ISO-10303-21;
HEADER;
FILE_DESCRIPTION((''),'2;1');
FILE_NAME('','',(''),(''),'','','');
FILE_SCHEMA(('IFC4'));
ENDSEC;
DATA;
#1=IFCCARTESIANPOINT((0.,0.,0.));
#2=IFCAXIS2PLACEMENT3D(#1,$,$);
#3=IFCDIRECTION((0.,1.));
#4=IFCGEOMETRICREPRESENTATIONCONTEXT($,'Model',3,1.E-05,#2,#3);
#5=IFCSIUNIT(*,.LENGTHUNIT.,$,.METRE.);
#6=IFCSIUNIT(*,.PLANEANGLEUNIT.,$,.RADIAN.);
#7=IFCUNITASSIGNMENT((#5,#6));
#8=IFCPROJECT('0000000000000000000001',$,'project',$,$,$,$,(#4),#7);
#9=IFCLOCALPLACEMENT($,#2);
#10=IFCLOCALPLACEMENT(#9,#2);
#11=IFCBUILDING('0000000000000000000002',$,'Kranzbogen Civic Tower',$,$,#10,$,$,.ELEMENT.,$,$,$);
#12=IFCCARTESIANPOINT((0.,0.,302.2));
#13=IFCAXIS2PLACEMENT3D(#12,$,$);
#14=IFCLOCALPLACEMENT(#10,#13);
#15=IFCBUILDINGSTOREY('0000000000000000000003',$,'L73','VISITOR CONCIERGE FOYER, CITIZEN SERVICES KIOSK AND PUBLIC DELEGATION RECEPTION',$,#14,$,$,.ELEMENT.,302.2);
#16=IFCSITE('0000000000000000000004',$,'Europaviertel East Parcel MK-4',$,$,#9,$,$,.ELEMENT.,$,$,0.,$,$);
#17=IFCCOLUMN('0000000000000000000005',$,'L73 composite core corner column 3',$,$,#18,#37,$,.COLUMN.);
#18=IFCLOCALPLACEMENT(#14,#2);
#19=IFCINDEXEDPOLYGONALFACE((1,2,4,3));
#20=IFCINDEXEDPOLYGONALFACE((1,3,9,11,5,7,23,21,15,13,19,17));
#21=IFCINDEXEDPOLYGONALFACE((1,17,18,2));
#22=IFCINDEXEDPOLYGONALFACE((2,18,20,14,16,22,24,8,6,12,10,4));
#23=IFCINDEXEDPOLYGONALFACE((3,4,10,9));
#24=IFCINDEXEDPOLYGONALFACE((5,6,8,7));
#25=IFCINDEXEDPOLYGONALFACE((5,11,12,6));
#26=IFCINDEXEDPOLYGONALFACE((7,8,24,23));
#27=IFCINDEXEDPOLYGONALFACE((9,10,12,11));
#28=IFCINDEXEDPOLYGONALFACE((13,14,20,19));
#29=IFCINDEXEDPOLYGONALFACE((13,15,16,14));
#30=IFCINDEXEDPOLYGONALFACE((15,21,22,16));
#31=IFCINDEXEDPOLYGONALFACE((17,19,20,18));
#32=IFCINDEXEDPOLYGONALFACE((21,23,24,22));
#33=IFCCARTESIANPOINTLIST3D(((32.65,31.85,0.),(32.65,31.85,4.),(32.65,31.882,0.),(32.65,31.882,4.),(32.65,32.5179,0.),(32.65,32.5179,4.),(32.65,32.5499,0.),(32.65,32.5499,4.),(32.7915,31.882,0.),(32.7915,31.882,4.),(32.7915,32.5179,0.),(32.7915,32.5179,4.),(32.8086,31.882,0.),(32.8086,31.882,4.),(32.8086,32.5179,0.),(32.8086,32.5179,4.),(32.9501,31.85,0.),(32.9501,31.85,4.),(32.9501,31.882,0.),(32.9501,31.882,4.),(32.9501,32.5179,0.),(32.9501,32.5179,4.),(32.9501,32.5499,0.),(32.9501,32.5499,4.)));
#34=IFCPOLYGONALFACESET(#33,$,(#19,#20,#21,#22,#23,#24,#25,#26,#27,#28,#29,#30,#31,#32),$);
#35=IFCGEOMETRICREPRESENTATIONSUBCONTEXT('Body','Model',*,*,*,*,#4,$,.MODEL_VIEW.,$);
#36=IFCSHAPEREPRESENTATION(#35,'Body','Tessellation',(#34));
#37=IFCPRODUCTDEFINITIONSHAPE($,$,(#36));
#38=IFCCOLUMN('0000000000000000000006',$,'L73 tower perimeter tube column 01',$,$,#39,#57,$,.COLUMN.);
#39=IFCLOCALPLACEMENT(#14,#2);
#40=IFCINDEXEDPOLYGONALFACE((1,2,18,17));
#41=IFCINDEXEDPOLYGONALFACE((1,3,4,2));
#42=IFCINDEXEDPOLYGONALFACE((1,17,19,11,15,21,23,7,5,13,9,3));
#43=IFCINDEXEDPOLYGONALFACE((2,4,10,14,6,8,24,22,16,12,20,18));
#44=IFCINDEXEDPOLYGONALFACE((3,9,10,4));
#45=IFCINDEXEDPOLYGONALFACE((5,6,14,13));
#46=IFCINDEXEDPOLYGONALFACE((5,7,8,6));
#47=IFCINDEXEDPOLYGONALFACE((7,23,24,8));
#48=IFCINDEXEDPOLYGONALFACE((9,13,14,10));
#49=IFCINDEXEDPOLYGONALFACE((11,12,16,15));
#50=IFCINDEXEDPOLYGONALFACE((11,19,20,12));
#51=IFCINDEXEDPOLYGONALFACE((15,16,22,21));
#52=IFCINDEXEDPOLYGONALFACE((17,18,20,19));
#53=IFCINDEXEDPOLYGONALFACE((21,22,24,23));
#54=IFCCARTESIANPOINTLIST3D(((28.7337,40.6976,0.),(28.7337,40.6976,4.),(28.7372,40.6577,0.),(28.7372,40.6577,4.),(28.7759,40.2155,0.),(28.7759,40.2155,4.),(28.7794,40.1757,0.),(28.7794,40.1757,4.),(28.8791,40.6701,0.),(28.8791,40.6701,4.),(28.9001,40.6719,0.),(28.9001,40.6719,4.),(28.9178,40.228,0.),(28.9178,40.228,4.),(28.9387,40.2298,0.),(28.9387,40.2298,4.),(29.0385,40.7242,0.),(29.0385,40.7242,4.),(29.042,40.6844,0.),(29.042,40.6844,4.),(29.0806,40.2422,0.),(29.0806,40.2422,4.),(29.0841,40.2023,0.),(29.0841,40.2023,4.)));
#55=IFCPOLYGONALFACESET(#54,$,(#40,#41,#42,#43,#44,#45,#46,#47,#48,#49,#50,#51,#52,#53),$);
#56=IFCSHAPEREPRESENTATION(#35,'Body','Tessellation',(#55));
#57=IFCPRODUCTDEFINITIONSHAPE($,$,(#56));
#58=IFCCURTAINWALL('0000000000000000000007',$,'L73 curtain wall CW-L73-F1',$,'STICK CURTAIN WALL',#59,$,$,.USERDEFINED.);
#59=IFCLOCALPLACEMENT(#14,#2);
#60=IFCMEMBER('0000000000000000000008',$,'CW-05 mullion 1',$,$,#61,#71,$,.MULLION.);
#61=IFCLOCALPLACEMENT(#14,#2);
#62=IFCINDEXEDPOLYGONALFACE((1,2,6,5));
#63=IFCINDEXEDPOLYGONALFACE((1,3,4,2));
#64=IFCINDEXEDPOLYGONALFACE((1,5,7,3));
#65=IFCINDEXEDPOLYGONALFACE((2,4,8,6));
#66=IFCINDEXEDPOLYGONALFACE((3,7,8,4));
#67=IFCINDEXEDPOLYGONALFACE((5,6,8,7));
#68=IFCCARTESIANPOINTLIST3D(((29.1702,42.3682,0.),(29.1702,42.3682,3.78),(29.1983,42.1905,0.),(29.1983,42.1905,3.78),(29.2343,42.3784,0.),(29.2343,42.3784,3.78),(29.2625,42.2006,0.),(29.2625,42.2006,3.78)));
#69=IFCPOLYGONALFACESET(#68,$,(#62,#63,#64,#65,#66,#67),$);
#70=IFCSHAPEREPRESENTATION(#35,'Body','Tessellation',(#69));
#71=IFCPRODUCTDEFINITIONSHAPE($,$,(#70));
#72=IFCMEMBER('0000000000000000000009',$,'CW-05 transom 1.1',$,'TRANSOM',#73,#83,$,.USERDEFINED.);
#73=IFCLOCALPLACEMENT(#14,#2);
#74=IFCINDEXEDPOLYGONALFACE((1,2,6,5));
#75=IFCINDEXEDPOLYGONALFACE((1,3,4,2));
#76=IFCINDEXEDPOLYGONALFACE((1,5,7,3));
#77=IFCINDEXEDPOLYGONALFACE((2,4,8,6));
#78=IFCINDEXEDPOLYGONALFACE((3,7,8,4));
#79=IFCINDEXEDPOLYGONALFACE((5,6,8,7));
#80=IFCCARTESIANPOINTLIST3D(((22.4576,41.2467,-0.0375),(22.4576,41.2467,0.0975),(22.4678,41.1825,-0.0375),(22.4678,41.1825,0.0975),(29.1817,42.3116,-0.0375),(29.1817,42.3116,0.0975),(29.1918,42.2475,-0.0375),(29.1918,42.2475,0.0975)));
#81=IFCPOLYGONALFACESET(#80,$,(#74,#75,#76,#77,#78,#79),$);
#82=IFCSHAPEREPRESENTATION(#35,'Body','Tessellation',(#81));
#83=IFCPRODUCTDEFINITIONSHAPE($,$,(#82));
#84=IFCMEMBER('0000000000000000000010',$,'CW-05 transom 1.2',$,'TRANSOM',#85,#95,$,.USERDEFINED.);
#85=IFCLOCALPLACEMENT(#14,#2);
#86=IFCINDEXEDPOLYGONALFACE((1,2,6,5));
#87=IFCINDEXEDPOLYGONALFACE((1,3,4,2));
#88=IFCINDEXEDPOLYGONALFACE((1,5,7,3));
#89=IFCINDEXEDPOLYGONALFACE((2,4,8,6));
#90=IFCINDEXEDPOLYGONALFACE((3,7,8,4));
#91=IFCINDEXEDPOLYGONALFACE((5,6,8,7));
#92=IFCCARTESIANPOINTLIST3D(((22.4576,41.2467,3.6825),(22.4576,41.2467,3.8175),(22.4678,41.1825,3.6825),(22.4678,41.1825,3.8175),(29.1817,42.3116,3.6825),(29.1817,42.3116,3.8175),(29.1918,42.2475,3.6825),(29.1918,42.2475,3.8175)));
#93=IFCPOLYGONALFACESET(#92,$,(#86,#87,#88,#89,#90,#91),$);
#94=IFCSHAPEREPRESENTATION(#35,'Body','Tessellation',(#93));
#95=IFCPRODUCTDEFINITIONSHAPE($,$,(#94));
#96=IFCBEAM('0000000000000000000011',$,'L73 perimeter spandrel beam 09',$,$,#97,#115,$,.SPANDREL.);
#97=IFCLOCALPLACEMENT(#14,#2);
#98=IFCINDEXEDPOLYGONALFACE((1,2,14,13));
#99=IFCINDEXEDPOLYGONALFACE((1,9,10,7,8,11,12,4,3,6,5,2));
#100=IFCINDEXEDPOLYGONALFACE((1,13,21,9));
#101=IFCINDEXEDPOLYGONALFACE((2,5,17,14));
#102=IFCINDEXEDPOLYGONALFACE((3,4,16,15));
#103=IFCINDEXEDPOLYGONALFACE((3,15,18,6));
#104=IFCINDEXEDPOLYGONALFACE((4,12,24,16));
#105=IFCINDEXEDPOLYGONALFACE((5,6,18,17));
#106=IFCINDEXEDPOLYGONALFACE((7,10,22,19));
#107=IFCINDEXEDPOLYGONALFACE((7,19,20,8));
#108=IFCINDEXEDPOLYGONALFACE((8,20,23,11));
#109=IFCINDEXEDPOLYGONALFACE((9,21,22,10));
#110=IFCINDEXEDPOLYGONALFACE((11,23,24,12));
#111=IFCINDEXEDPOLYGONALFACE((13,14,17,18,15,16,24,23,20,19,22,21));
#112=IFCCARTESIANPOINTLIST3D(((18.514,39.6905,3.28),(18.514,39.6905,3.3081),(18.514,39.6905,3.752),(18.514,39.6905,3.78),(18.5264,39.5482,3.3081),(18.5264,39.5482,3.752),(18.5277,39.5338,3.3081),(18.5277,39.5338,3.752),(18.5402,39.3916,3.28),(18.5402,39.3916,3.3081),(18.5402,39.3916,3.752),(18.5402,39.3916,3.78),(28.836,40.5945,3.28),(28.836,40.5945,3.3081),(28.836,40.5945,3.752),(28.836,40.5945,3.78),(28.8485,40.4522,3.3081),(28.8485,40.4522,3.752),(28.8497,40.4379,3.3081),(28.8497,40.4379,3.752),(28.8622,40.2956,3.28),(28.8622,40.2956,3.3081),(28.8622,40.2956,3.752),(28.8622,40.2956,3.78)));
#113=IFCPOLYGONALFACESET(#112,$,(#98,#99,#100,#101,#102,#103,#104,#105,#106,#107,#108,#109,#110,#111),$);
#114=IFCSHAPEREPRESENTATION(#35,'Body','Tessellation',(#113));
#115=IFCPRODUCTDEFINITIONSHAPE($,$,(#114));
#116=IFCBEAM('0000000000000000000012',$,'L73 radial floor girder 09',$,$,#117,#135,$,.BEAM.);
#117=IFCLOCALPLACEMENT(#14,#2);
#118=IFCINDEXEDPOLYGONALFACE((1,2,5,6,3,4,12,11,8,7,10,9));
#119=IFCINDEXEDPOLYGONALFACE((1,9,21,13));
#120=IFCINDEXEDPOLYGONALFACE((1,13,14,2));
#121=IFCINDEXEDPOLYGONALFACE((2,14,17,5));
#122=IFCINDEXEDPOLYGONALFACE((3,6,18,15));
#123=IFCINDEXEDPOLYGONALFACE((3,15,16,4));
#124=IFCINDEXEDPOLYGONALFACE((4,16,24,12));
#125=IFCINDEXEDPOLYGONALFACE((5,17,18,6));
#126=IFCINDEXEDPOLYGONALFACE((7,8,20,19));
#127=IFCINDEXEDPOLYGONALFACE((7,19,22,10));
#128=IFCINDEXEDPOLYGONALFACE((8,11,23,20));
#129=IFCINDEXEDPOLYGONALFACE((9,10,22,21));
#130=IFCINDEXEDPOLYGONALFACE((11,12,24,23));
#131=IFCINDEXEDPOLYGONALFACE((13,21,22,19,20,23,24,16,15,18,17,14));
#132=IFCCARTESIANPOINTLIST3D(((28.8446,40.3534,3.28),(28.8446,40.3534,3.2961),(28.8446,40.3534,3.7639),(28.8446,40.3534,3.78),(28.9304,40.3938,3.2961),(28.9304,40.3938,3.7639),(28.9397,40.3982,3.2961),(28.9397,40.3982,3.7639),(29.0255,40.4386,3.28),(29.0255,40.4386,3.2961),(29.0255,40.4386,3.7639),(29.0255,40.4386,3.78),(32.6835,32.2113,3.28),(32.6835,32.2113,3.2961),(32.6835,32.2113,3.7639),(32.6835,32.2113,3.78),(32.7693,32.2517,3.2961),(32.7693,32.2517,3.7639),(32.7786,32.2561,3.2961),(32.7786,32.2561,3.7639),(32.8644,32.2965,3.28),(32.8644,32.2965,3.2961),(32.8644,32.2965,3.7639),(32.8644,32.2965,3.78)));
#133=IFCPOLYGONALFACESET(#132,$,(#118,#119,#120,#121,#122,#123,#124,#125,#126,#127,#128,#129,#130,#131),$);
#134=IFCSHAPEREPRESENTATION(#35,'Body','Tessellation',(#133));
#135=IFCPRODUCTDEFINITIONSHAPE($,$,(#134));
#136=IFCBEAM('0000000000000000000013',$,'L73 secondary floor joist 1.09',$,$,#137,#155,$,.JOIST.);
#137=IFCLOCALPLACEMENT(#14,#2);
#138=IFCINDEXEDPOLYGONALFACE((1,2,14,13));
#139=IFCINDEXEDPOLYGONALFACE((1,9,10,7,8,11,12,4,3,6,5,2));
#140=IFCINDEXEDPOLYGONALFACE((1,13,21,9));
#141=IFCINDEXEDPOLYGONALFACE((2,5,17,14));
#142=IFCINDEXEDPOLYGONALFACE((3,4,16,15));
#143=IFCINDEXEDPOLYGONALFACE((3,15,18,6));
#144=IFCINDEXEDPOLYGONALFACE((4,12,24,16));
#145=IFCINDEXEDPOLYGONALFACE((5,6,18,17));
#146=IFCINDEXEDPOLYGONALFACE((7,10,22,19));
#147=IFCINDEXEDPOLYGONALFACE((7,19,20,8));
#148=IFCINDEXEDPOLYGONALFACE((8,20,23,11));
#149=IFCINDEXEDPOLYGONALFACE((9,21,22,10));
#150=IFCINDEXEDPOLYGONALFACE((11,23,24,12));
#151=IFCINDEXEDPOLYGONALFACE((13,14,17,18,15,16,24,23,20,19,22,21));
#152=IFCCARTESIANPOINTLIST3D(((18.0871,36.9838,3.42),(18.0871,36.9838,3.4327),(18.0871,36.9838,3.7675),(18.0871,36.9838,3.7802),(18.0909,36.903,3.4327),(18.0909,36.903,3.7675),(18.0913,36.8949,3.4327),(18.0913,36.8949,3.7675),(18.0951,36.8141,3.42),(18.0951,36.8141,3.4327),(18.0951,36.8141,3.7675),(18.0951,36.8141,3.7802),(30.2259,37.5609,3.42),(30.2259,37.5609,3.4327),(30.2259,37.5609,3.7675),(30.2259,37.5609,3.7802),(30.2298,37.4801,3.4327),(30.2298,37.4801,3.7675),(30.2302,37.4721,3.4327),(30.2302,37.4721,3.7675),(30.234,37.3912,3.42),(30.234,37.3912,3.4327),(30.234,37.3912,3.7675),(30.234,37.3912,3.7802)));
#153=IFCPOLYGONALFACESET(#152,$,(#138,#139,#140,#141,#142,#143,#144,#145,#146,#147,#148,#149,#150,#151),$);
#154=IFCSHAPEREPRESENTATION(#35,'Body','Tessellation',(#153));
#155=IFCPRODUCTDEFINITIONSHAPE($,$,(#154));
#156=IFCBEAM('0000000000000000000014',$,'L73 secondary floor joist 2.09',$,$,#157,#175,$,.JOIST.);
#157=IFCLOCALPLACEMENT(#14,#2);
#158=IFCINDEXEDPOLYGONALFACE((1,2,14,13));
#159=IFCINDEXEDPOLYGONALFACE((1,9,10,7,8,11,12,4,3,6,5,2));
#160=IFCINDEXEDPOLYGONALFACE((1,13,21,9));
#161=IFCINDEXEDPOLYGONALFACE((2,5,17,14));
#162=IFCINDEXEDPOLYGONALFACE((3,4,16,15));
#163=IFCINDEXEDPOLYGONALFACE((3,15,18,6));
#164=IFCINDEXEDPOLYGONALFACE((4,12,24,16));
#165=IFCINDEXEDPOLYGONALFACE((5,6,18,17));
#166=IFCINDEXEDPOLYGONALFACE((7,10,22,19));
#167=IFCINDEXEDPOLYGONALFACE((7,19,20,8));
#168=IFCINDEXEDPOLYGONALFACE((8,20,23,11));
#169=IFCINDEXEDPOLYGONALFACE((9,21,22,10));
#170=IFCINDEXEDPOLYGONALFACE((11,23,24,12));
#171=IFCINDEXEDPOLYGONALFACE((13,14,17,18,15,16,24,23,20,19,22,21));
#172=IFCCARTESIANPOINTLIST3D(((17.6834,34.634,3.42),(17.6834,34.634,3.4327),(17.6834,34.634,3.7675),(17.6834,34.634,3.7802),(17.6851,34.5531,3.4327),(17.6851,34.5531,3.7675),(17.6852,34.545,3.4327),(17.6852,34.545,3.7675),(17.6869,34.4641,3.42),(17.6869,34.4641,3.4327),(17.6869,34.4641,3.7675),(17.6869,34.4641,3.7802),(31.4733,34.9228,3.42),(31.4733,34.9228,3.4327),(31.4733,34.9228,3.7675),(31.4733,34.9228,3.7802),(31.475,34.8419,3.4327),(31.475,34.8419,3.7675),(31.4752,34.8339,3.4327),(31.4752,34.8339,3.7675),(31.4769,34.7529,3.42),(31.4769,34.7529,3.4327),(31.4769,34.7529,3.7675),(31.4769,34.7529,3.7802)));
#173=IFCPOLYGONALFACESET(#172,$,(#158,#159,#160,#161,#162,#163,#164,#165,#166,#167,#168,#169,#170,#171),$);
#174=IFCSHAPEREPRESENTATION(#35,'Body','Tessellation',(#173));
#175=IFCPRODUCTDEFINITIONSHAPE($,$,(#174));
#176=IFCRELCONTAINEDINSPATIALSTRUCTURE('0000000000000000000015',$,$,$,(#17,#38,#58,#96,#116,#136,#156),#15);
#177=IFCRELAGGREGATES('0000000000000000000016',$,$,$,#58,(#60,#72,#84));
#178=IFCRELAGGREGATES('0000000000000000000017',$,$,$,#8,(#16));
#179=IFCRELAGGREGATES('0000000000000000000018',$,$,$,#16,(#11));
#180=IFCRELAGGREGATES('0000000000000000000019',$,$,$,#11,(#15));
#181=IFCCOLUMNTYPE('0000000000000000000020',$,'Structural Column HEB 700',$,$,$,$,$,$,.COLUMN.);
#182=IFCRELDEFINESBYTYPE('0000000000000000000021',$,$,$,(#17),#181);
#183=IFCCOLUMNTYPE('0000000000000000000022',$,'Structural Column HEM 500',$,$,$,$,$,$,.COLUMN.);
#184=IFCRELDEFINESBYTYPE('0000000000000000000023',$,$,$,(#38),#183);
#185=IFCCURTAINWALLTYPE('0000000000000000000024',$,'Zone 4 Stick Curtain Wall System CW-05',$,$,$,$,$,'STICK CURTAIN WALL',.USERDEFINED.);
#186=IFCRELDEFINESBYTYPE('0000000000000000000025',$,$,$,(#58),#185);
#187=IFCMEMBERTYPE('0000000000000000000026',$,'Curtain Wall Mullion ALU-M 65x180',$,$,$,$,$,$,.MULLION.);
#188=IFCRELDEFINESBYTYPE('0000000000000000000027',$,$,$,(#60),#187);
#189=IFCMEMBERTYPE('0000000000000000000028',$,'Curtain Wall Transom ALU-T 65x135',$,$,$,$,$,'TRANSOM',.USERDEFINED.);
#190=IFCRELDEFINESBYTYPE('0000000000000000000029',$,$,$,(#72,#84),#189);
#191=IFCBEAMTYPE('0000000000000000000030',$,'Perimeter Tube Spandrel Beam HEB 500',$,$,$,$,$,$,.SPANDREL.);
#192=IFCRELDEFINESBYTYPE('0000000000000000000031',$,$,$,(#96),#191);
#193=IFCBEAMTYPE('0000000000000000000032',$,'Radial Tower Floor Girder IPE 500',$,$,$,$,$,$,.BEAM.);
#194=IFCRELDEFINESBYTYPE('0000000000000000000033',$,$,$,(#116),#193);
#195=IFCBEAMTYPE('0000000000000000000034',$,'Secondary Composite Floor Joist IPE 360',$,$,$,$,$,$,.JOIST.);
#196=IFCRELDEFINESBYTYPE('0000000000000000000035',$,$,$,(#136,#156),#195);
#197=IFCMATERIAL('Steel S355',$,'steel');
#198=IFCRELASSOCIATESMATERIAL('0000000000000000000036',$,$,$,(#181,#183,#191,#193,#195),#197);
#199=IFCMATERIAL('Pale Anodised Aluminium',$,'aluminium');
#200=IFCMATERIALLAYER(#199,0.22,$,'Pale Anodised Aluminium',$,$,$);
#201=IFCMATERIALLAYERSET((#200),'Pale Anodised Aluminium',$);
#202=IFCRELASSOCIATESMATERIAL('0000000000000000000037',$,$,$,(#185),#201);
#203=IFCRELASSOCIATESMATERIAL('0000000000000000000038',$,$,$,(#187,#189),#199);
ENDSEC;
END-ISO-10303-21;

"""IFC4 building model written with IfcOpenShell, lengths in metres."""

from ifc_helpers import new_model, si_unit, direction, frame, origin, origin_2d, place, context, subcontext, project, spatial, rectangle, i_section, extrude, material, layer, layer_set, material_profile, profile_set, type_object, element, aggregate, save


model = new_model("IFC4")

# Units and contexts
model_context = context("Model", 3, precision=1e-05, world=origin(), true_north=direction((0.0, 1.0)))
body_context = subcontext(model_context, "Body", "Model", "MODEL_VIEW")
ifc_project = project(units=[si_unit("LENGTHUNIT", "METRE"), si_unit("PLANEANGLEUNIT", "RADIAN")], contexts=[model_context])

# Site, building, storey
site_placement = place(None, origin())
site = spatial("IfcSite", under=ifc_project, at=site_placement, Name="Europaviertel East Parcel MK-4", CompositionType="ELEMENT", RefElevation=0.0)
building_placement = place(site_placement, origin())
building = spatial("IfcBuilding", under=site, at=building_placement, Name="Kranzbogen Civic Tower", CompositionType="ELEMENT")
storey_placement = place(building_placement, frame((0.0, 0.0, 302.2)))
storey = spatial("IfcBuildingStorey", under=building, at=storey_placement, Name="L73", Description="VISITOR CONCIERGE FOYER, CITIZEN SERVICES KIOSK AND PUBLIC DELEGATION RECEPTION", CompositionType="ELEMENT", Elevation=302.2)

# Columns
ifc_material_1 = material(Name="Steel S355", Category="steel")
ifc_material_profile_1 = material_profile(ifc_material_1, i_section(OverallWidth=0.3, OverallDepth=0.7, WebThickness=0.0171, FlangeThickness=0.032, at=origin_2d()), Name="HEB 700")
ifc_profile_set_1 = profile_set([ifc_material_profile_1], Name="Steel S355")
column_type_1 = type_object("IfcColumnType", Name="Structural Column HEB 700", PredefinedType="COLUMN", material=ifc_profile_set_1)
column_1_placement = place(storey_placement, frame((32.8, 32.2, 0.0), z_axis=(0.0, 0.0, 1.0), x_axis=(1.0, 0.0, 0.0)))
element("IfcColumn", 1, at=column_1_placement, inside=storey, type_object=column_type_1, Name="L73 composite core corner column 3", PredefinedType="COLUMN", context=body_context, shape_type="SweptSolid", body=[
    extrude(i_section(OverallWidth=0.3, OverallDepth=0.7, WebThickness=0.0171, FlangeThickness=0.032, at=origin_2d()), origin(), (0.0, 0.0, 1.0), 4.0),
])
ifc_material_profile_2 = material_profile(ifc_material_1, i_section(OverallWidth=0.3059, OverallDepth=0.5239, WebThickness=0.021, FlangeThickness=0.04, at=origin_2d()), Name="HEM 500")
ifc_profile_set_2 = profile_set([ifc_material_profile_2], Name="Steel S355")
column_type_2 = type_object("IfcColumnType", Name="Structural Column HEM 500", PredefinedType="COLUMN", material=ifc_profile_set_2)
column_2_placement = place(storey_placement, frame((28.9089, 40.45, 0.0), z_axis=(0.0, 0.0, 1.0), x_axis=(0.996195, 0.087156, 0.0)))
element("IfcColumn", 2, at=column_2_placement, inside=storey, type_object=column_type_2, Name="L73 tower perimeter tube column 01", PredefinedType="COLUMN", context=body_context, shape_type="SweptSolid", body=[
    extrude(i_section(OverallWidth=0.3059, OverallDepth=0.5239, WebThickness=0.021, FlangeThickness=0.04, at=origin_2d()), origin(), (0.0, 0.0, 1.0), 4.0),
])

# Curtain wall, members
ifc_material_2 = material(Name="Pale Anodised Aluminium", Category="aluminium")
ifc_layer_1 = layer(ifc_material_2, 0.22, Name="Pale Anodised Aluminium")
ifc_layer_set_1 = layer_set([ifc_layer_1], Name="Pale Anodised Aluminium")
curtain_wall_type = type_object("IfcCurtainWallType", Name="Zone 4 Stick Curtain Wall System CW-05", ElementType="STICK CURTAIN WALL", PredefinedType="USERDEFINED", material=ifc_layer_set_1)
curtain_wall_placement = place(storey_placement, origin())
curtain_wall = element("IfcCurtainWall", 3, at=curtain_wall_placement, inside=storey, type_object=curtain_wall_type, Name="L73 curtain wall CW-L73-F1", ObjectType="STICK CURTAIN WALL", PredefinedType="USERDEFINED")
ifc_material_profile_3 = material_profile(ifc_material_2, rectangle(XDim=0.0649, YDim=0.1799, at=origin_2d()), Name="ALU-M 65x180")
ifc_profile_set_3 = profile_set([ifc_material_profile_3], Name="Pale Anodised Aluminium")
member_type_1 = type_object("IfcMemberType", Name="Curtain Wall Mullion ALU-M 65x180", PredefinedType="MULLION", material=ifc_profile_set_3)
member_1_placement = place(storey_placement, frame((29.2163, 42.2844, 0.0), z_axis=(0.0, 0.0, 1.0), x_axis=(-0.98769, -0.156424, 0.0)))
member_1 = element("IfcMember", 4, at=member_1_placement, type_object=member_type_1, Name="CW-05 mullion 1", PredefinedType="MULLION", context=body_context, shape_type="SweptSolid", body=[
    extrude(rectangle(XDim=0.0649, YDim=0.1799, at=origin_2d()), origin(), (0.0, 0.0, 1.0), 3.78),
])
ifc_material_profile_4 = material_profile(ifc_material_2, rectangle(XDim=0.0649, YDim=0.135, at=origin_2d()), Name="ALU-T 65x135")
ifc_profile_set_4 = profile_set([ifc_material_profile_4], Name="Pale Anodised Aluminium")
member_type_2 = type_object("IfcMemberType", Name="Curtain Wall Transom ALU-T 65x135", ElementType="TRANSOM", PredefinedType="USERDEFINED", material=ifc_profile_set_4)
member_2_placement = place(storey_placement, frame((29.1868, 42.2795, 0.03), z_axis=(-0.98769, -0.156427, 0.0), x_axis=(0.156427, -0.98769, 0.0)))
member_2 = element("IfcMember", 5, at=member_2_placement, type_object=member_type_2, Name="CW-05 transom 1.1", ObjectType="TRANSOM", PredefinedType="USERDEFINED", context=body_context, shape_type="SweptSolid", body=[
    extrude(rectangle(XDim=0.0649, YDim=0.135, at=origin_2d()), origin(), (0.0, 0.0, 1.0), 6.8079),
])
member_3_placement = place(storey_placement, frame((29.1868, 42.2795, 3.75), z_axis=(-0.98769, -0.156427, 0.0), x_axis=(0.156427, -0.98769, 0.0)))
member_3 = element("IfcMember", 6, at=member_3_placement, type_object=member_type_2, Name="CW-05 transom 1.2", ObjectType="TRANSOM", PredefinedType="USERDEFINED", context=body_context, shape_type="SweptSolid", body=[
    extrude(rectangle(XDim=0.0649, YDim=0.135, at=origin_2d()), origin(), (0.0, 0.0, 1.0), 6.8079),
])

# Beams
ifc_material_profile_5 = material_profile(ifc_material_1, i_section(OverallWidth=0.3, OverallDepth=0.5, WebThickness=0.0144, FlangeThickness=0.0281, at=origin_2d()), Name="HEB 500")
ifc_profile_set_5 = profile_set([ifc_material_profile_5], Name="Steel S355")
beam_type_1 = type_object("IfcBeamType", Name="Perimeter Tube Spandrel Beam HEB 500", PredefinedType="SPANDREL", material=ifc_profile_set_5)
beam_1_placement = place(storey_placement, frame((28.8491, 40.4451, 3.53), z_axis=(-0.996186, -0.087251, 0.0), x_axis=(0.087251, -0.996186, 0.0)))
element("IfcBeam", 7, at=beam_1_placement, inside=storey, type_object=beam_type_1, Name="L73 perimeter spandrel beam 09", PredefinedType="SPANDREL", context=body_context, shape_type="SweptSolid", body=[
    extrude(i_section(OverallWidth=0.3, OverallDepth=0.5, WebThickness=0.0144, FlangeThickness=0.0281, at=origin_2d()), origin(), (0.0, 0.0, 1.0), 10.3616),
])
ifc_material_profile_6 = material_profile(ifc_material_1, i_section(OverallWidth=0.2, OverallDepth=0.5, WebThickness=0.0103, FlangeThickness=0.0161, at=origin_2d()), Name="IPE 500")
ifc_profile_set_6 = profile_set([ifc_material_profile_6], Name="Steel S355")
beam_type_2 = type_object("IfcBeamType", Name="Radial Tower Floor Girder IPE 500", PredefinedType="BEAM", material=ifc_profile_set_6)
beam_2_placement = place(storey_placement, frame((28.9351, 40.396, 3.53), z_axis=(0.42646, -0.904506, 0.0), x_axis=(0.904506, 0.42646, 0.0)))
element("IfcBeam", 8, at=beam_2_placement, inside=storey, type_object=beam_type_2, Name="L73 radial floor girder 09", PredefinedType="BEAM", context=body_context, shape_type="SweptSolid", body=[
    extrude(i_section(OverallWidth=0.2, OverallDepth=0.5, WebThickness=0.0103, FlangeThickness=0.0161, at=origin_2d()), origin(), (0.0, 0.0, 1.0), 9.0017),
])
ifc_material_profile_7 = material_profile(ifc_material_1, i_section(OverallWidth=0.1699, OverallDepth=0.3601, WebThickness=0.0081, FlangeThickness=0.0127, at=origin_2d()), Name="IPE 360")
ifc_profile_set_7 = profile_set([ifc_material_profile_7], Name="Steel S355")
beam_type_3 = type_object("IfcBeamType", Name="Secondary Composite Floor Joist IPE 360", PredefinedType="JOIST", material=ifc_profile_set_7)
beam_3_placement = place(storey_placement, frame((30.23, 37.4761, 3.6001), z_axis=(-0.998872, -0.047492, 0.0), x_axis=(0.047492, -0.998872, 0.0)))
element("IfcBeam", 9, at=beam_3_placement, inside=storey, type_object=beam_type_3, Name="L73 secondary floor joist 1.09", PredefinedType="JOIST", context=body_context, shape_type="SweptSolid", body=[
    extrude(i_section(OverallWidth=0.1699, OverallDepth=0.3601, WebThickness=0.0081, FlangeThickness=0.0127, at=origin_2d()), origin(), (0.0, 0.0, 1.0), 12.1526),
])
beam_4_placement = place(storey_placement, frame((31.4751, 34.8379, 3.6001), z_axis=(-0.999781, -0.020939, 0.0), x_axis=(0.020939, -0.999781, 0.0)))
element("IfcBeam", 10, at=beam_4_placement, inside=storey, type_object=beam_type_3, Name="L73 secondary floor joist 2.09", PredefinedType="JOIST", context=body_context, shape_type="SweptSolid", body=[
    extrude(i_section(OverallWidth=0.1699, OverallDepth=0.3601, WebThickness=0.0081, FlangeThickness=0.0127, at=origin_2d()), origin(), (0.0, 0.0, 1.0), 13.793),
])

aggregate(curtain_wall, [member_1, member_2, member_3])

save(model, "model.ifc")
